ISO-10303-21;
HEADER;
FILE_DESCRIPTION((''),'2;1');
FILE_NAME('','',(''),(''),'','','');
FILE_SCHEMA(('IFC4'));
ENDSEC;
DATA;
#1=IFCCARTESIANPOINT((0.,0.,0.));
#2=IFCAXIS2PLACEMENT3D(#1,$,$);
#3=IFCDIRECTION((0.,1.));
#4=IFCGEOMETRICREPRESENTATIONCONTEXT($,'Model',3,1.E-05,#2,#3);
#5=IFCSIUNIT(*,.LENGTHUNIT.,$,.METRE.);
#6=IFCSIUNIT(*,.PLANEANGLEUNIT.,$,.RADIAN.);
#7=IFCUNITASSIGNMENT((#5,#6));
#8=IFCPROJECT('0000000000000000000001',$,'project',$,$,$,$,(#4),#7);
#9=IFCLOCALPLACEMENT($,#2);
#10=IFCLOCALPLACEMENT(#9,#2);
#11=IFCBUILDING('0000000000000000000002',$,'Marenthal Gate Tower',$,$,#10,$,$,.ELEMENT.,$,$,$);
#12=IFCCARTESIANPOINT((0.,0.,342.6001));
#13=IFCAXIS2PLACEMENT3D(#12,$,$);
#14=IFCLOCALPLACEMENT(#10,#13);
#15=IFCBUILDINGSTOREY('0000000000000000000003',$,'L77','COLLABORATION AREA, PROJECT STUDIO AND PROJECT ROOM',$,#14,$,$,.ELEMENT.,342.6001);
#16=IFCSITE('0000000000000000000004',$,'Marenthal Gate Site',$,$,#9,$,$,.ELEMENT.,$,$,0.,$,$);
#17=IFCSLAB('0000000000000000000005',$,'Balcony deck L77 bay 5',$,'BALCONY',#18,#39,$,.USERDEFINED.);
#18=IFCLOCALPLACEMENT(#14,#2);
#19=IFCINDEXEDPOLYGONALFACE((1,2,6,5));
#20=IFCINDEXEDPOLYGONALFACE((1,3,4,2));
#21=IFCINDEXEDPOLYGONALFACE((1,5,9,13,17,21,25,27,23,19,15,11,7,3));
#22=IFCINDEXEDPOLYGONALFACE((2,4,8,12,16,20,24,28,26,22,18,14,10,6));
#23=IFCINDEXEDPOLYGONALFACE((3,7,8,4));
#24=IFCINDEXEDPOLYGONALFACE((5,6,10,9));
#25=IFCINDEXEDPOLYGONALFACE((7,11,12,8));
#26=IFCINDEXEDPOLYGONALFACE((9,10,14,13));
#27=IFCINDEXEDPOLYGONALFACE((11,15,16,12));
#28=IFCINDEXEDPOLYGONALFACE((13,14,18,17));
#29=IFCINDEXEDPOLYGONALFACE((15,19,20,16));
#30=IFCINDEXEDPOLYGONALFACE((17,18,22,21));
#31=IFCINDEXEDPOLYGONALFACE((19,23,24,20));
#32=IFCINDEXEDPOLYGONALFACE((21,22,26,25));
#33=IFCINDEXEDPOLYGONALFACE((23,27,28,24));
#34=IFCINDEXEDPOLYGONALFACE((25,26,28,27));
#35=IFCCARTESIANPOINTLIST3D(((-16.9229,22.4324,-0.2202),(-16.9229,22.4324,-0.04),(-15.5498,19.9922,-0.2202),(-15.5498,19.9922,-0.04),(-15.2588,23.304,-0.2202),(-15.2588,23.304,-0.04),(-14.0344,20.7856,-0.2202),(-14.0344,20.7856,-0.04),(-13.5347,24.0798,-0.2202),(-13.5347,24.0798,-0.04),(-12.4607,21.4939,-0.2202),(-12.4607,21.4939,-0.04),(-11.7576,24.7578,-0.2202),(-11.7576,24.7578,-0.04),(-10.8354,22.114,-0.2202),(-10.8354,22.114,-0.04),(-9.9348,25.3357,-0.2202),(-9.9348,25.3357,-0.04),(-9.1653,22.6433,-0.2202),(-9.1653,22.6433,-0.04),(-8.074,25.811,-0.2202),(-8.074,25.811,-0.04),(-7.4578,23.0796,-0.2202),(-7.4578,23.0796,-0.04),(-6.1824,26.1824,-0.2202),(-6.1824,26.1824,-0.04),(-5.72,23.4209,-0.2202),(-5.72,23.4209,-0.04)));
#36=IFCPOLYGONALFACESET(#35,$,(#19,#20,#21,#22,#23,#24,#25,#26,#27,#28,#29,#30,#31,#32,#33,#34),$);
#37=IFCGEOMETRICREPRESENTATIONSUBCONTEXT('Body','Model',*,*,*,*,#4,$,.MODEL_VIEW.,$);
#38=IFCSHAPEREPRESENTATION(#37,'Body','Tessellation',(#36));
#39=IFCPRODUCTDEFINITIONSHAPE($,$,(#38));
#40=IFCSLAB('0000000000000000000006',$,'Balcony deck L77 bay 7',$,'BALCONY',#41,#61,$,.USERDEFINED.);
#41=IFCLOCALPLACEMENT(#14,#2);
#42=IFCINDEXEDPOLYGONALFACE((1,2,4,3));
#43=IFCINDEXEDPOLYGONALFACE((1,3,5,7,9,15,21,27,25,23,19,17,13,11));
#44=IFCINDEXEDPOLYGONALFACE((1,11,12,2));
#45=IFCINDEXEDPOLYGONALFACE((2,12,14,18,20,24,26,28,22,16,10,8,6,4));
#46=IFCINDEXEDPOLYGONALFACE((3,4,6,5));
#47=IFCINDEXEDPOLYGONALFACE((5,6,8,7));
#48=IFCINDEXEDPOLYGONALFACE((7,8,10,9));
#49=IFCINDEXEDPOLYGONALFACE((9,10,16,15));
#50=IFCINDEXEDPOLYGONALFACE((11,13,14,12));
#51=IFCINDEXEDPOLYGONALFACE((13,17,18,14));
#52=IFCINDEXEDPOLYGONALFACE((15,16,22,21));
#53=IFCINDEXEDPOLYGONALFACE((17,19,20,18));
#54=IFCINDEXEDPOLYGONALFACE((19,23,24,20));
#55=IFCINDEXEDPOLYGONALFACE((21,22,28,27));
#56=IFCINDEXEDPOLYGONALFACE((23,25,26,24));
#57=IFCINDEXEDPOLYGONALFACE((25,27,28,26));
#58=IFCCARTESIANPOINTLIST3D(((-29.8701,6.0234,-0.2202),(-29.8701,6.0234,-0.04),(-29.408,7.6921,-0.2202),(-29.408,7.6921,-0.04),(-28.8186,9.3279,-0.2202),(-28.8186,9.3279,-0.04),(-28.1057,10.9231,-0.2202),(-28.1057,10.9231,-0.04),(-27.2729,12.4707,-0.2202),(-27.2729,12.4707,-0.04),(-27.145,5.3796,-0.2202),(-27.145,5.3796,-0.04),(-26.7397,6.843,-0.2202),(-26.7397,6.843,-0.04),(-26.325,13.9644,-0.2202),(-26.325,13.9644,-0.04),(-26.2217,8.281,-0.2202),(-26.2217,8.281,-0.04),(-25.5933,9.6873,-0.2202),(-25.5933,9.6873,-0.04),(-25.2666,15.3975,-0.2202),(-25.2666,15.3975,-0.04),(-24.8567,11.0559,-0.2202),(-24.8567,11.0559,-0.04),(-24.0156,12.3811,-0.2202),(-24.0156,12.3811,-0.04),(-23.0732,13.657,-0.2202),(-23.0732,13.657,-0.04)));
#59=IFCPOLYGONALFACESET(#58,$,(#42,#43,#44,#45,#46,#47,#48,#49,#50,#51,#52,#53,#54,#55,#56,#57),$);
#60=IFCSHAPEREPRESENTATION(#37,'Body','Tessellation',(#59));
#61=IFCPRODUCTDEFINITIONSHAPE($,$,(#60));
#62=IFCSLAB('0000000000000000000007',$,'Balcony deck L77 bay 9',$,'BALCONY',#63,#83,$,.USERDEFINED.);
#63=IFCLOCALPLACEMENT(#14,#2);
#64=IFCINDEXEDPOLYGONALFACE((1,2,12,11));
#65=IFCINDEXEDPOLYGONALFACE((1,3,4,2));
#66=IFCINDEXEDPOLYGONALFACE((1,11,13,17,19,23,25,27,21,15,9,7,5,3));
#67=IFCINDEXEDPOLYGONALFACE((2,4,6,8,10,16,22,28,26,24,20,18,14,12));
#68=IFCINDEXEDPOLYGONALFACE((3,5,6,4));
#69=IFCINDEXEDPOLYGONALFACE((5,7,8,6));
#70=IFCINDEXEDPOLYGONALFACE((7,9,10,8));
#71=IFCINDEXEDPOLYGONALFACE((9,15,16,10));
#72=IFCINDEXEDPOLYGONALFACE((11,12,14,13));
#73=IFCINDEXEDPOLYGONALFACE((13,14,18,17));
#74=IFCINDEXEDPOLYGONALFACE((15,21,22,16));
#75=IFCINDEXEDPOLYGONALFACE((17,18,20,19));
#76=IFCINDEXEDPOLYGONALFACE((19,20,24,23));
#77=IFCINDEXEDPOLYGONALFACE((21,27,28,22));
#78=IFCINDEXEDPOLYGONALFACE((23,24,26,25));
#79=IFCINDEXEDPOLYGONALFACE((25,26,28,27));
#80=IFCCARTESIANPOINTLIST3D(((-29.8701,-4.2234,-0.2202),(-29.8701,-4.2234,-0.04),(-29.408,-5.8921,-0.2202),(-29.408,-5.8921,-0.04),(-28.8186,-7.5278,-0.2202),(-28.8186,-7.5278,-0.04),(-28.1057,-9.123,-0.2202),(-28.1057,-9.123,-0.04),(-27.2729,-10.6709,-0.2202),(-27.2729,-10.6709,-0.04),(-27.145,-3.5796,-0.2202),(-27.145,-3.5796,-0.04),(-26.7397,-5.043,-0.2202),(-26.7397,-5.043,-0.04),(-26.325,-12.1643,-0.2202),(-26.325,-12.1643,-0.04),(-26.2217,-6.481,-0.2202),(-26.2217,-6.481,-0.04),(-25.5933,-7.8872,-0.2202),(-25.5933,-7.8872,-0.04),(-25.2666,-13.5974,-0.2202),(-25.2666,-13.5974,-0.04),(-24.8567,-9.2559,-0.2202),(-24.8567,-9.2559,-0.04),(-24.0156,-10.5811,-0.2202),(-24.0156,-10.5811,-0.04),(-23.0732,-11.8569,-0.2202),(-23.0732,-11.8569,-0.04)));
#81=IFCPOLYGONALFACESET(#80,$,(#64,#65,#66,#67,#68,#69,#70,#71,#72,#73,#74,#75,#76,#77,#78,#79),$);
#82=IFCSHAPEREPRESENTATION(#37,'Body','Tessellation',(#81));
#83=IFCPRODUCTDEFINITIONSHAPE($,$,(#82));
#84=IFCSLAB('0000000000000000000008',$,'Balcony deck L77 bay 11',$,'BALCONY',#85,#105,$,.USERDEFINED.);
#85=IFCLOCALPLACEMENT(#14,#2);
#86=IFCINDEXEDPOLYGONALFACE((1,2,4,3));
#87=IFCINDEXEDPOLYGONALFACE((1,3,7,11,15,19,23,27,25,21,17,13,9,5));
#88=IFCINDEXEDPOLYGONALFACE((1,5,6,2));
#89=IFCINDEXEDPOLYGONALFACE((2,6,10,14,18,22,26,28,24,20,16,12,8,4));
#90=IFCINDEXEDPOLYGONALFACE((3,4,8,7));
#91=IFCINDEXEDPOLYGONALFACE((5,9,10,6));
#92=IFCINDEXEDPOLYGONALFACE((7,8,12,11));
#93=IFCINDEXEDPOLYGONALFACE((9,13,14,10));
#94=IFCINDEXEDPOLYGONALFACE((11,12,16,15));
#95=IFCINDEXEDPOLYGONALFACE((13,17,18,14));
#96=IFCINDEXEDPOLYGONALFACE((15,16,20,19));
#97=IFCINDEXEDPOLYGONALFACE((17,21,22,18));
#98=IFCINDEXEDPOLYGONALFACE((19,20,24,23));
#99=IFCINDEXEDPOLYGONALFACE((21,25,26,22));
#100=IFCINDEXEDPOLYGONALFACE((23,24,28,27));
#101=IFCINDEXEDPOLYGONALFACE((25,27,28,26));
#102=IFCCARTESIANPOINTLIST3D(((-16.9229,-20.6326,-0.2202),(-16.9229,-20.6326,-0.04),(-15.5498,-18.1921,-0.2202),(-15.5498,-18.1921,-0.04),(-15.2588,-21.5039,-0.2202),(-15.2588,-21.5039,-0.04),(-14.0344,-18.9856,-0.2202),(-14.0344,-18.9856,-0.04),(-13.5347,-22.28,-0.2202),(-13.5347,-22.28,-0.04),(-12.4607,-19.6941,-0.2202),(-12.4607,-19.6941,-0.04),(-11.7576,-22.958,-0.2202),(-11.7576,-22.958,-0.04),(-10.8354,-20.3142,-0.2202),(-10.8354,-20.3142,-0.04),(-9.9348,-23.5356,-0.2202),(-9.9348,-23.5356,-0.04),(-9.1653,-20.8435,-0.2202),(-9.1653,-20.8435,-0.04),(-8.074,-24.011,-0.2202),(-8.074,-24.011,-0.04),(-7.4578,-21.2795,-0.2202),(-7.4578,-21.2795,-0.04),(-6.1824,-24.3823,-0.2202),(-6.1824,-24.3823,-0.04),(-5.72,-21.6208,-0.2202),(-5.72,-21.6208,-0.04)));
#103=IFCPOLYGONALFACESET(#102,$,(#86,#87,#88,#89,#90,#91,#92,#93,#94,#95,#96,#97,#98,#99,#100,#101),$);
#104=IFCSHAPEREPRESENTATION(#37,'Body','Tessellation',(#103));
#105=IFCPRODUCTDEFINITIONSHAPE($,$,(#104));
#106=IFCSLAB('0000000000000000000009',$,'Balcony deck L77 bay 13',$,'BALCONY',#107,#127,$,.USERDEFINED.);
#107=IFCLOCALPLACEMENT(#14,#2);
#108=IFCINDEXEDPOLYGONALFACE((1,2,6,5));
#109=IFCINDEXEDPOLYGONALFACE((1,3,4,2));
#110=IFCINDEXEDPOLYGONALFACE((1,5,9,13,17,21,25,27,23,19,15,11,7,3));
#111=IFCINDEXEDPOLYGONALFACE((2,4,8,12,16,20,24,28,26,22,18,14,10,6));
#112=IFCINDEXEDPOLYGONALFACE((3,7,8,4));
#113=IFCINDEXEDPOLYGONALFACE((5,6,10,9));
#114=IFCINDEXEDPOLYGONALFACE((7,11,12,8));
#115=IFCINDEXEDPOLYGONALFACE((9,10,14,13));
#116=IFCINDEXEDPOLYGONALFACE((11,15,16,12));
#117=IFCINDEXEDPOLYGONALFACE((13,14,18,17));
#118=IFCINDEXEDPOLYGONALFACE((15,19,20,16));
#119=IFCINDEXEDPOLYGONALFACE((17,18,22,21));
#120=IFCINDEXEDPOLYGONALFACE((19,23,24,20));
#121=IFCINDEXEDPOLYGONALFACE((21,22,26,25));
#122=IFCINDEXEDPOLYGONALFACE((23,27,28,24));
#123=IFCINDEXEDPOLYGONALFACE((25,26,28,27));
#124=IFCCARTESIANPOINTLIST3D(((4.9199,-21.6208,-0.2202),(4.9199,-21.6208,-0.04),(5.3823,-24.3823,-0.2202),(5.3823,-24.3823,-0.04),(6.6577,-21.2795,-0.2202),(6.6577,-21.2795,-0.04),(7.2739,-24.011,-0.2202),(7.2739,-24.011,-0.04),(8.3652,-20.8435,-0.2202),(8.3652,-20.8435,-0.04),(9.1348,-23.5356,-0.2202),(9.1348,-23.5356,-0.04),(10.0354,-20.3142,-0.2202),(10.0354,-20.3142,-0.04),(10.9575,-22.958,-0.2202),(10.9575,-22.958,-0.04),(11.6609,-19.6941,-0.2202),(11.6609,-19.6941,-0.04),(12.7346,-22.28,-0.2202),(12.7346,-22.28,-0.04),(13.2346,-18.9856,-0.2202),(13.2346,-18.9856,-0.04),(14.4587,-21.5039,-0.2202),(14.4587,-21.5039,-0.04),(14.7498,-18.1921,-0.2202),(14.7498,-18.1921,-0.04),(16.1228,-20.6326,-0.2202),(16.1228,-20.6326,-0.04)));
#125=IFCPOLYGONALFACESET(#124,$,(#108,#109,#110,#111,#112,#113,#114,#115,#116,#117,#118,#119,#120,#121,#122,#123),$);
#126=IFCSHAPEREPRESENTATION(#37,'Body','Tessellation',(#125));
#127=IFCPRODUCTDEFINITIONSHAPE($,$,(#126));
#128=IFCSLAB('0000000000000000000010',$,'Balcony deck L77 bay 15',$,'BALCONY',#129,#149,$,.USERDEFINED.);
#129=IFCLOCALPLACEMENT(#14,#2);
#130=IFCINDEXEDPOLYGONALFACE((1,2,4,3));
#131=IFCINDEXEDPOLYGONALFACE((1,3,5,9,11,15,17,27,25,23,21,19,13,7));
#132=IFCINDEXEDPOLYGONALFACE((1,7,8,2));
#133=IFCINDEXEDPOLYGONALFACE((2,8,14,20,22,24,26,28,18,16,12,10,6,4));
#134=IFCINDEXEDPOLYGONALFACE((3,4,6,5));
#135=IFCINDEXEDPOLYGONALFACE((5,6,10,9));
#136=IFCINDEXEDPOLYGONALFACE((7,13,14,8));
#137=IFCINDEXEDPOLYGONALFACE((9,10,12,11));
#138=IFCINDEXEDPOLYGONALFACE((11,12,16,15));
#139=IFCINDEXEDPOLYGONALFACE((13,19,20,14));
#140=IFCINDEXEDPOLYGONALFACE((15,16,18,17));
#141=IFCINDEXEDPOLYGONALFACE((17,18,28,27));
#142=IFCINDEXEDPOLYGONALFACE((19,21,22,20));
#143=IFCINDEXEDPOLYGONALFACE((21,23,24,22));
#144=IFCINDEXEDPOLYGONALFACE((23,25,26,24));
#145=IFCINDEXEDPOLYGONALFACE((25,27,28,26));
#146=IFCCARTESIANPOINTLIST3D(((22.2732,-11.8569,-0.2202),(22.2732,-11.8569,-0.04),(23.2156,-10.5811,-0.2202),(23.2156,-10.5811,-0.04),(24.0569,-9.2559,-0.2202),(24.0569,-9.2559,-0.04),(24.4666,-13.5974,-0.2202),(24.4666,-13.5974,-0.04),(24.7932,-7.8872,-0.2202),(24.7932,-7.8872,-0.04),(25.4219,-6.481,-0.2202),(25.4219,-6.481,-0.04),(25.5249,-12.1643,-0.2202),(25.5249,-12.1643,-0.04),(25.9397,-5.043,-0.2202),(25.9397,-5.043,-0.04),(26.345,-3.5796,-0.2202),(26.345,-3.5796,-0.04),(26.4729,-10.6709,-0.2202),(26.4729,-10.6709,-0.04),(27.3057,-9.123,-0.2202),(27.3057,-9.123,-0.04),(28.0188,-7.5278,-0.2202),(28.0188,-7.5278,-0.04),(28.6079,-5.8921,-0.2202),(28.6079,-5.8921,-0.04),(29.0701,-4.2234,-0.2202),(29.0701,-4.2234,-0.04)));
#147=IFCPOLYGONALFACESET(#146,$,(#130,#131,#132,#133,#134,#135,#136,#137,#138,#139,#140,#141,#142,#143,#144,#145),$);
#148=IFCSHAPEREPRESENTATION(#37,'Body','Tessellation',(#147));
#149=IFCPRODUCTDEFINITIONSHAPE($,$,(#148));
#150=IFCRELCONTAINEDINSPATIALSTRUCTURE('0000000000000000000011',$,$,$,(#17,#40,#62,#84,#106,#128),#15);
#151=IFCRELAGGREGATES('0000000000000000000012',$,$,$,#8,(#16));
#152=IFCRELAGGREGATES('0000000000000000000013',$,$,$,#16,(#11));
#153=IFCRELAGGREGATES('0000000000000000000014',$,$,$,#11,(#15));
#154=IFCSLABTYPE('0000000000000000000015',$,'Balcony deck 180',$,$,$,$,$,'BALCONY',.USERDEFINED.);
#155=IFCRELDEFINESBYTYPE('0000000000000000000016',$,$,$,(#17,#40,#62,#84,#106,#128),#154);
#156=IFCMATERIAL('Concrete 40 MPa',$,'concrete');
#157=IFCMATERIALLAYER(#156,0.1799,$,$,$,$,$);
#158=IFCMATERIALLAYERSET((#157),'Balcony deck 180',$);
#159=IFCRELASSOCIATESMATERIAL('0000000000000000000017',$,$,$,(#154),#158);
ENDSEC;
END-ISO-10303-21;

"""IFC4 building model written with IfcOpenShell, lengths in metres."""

from ifc_helpers import new_model, si_unit, direction, frame, origin, place, context, subcontext, project, spatial, polyline, outline, extrude, material, layer, layer_set, type_object, element, save


model = new_model("IFC4")

# Units and contexts
model_context = context("Model", 3, precision=1e-05, world=origin(), true_north=direction((0.0, 1.0)))
body_context = subcontext(model_context, "Body", "Model", "MODEL_VIEW")
ifc_project = project(units=[si_unit("LENGTHUNIT", "METRE"), si_unit("PLANEANGLEUNIT", "RADIAN")], contexts=[model_context])

# Site, building, storey
site_placement = place(None, origin())
site = spatial("IfcSite", under=ifc_project, at=site_placement, Name="Marenthal Gate Site", CompositionType="ELEMENT", RefElevation=0.0)
building_placement = place(site_placement, origin())
building = spatial("IfcBuilding", under=site, at=building_placement, Name="Marenthal Gate Tower", CompositionType="ELEMENT")
storey_placement = place(building_placement, frame((0.0, 0.0, 342.6001)))
storey = spatial("IfcBuildingStorey", under=building, at=storey_placement, Name="L77", Description="COLLABORATION AREA, PROJECT STUDIO AND PROJECT ROOM", CompositionType="ELEMENT", Elevation=342.6001)

# Slabs
ifc_material_1 = material(Name="Concrete 40 MPa", Category="concrete")
ifc_layer_1 = layer(ifc_material_1, 0.1799)
ifc_layer_set_1 = layer_set([ifc_layer_1], Name="Balcony deck 180")
slab_type_1 = type_object("IfcSlabType", Name="Balcony deck 180", ElementType="BALCONY", PredefinedType="USERDEFINED", material=ifc_layer_set_1)
slab_1_placement = place(storey_placement, frame((0.0, 0.0, -0.2202)))
element("IfcSlab", 1, at=slab_1_placement, inside=storey, type_object=slab_type_1, Name="Balcony deck L77 bay 5", ObjectType="BALCONY", PredefinedType="USERDEFINED", context=body_context, shape_type="SweptSolid", body=[
    extrude(outline(polyline([(-5.72, 23.4209), (-7.4578, 23.0796), (-9.1653, 22.6433), (-10.8354, 22.114), (-12.4607, 21.4939), (-14.0344, 20.7856), (-15.5498, 19.9922), (-16.9229, 22.4324), (-15.2588, 23.304), (-13.5347, 24.0798), (-11.7576, 24.7578), (-9.9348, 25.3357), (-8.074, 25.811), (-6.1824, 26.1824), (-5.72, 23.4209)])), origin(), (0.0, 0.0, 1.0), 0.1802),
])
slab_2_placement = place(storey_placement, frame((0.0, 0.0, -0.2202)))
element("IfcSlab", 2, at=slab_2_placement, inside=storey, type_object=slab_type_1, Name="Balcony deck L77 bay 7", ObjectType="BALCONY", PredefinedType="USERDEFINED", context=body_context, shape_type="SweptSolid", body=[
    extrude(outline(polyline([(-23.0732, 13.657), (-24.0156, 12.3811), (-24.8567, 11.0559), (-25.5933, 9.6873), (-26.2217, 8.281), (-26.7397, 6.843), (-27.145, 5.3796), (-29.8701, 6.0234), (-29.408, 7.6921), (-28.8186, 9.3279), (-28.1057, 10.9231), (-27.2729, 12.4707), (-26.325, 13.9644), (-25.2666, 15.3975), (-23.0732, 13.657)])), origin(), (0.0, 0.0, 1.0), 0.1802),
])
slab_3_placement = place(storey_placement, frame((0.0, 0.0, -0.2202)))
element("IfcSlab", 3, at=slab_3_placement, inside=storey, type_object=slab_type_1, Name="Balcony deck L77 bay 9", ObjectType="BALCONY", PredefinedType="USERDEFINED", context=body_context, shape_type="SweptSolid", body=[
    extrude(outline(polyline([(-27.145, -3.5796), (-26.7397, -5.043), (-26.2217, -6.481), (-25.5933, -7.8872), (-24.8567, -9.2559), (-24.0156, -10.5811), (-23.0732, -11.8569), (-25.2666, -13.5974), (-26.325, -12.1643), (-27.2729, -10.6709), (-28.1057, -9.123), (-28.8186, -7.5278), (-29.408, -5.8921), (-29.8701, -4.2234), (-27.145, -3.5796)])), origin(), (0.0, 0.0, 1.0), 0.1802),
])
slab_4_placement = place(storey_placement, frame((0.0, 0.0, -0.2202)))
element("IfcSlab", 4, at=slab_4_placement, inside=storey, type_object=slab_type_1, Name="Balcony deck L77 bay 11", ObjectType="BALCONY", PredefinedType="USERDEFINED", context=body_context, shape_type="SweptSolid", body=[
    extrude(outline(polyline([(-15.5498, -18.1921), (-14.0344, -18.9856), (-12.4607, -19.6941), (-10.8354, -20.3142), (-9.1653, -20.8435), (-7.4578, -21.2795), (-5.72, -21.6208), (-6.1824, -24.3823), (-8.074, -24.011), (-9.9348, -23.5356), (-11.7576, -22.958), (-13.5347, -22.28), (-15.2588, -21.5039), (-16.9229, -20.6326), (-15.5498, -18.1921)])), origin(), (0.0, 0.0, 1.0), 0.1802),
])
slab_5_placement = place(storey_placement, frame((0.0, 0.0, -0.2202)))
element("IfcSlab", 5, at=slab_5_placement, inside=storey, type_object=slab_type_1, Name="Balcony deck L77 bay 13", ObjectType="BALCONY", PredefinedType="USERDEFINED", context=body_context, shape_type="SweptSolid", body=[
    extrude(outline(polyline([(4.9199, -21.6208), (6.6577, -21.2795), (8.3652, -20.8435), (10.0354, -20.3142), (11.6609, -19.6941), (13.2346, -18.9856), (14.7498, -18.1921), (16.1228, -20.6326), (14.4587, -21.5039), (12.7346, -22.28), (10.9575, -22.958), (9.1348, -23.5356), (7.2739, -24.011), (5.3823, -24.3823), (4.9199, -21.6208)])), origin(), (0.0, 0.0, 1.0), 0.1802),
])
slab_6_placement = place(storey_placement, frame((0.0, 0.0, -0.2202)))
element("IfcSlab", 6, at=slab_6_placement, inside=storey, type_object=slab_type_1, Name="Balcony deck L77 bay 15", ObjectType="BALCONY", PredefinedType="USERDEFINED", context=body_context, shape_type="SweptSolid", body=[
    extrude(outline(polyline([(22.2732, -11.8569), (23.2156, -10.5811), (24.0569, -9.2559), (24.7932, -7.8872), (25.4219, -6.481), (25.9397, -5.043), (26.345, -3.5796), (29.0701, -4.2234), (28.6079, -5.8921), (28.0188, -7.5278), (27.3057, -9.123), (26.4729, -10.6709), (25.5249, -12.1643), (24.4666, -13.5974), (22.2732, -11.8569)])), origin(), (0.0, 0.0, 1.0), 0.1802),
])

save(model, "model.ifc")
